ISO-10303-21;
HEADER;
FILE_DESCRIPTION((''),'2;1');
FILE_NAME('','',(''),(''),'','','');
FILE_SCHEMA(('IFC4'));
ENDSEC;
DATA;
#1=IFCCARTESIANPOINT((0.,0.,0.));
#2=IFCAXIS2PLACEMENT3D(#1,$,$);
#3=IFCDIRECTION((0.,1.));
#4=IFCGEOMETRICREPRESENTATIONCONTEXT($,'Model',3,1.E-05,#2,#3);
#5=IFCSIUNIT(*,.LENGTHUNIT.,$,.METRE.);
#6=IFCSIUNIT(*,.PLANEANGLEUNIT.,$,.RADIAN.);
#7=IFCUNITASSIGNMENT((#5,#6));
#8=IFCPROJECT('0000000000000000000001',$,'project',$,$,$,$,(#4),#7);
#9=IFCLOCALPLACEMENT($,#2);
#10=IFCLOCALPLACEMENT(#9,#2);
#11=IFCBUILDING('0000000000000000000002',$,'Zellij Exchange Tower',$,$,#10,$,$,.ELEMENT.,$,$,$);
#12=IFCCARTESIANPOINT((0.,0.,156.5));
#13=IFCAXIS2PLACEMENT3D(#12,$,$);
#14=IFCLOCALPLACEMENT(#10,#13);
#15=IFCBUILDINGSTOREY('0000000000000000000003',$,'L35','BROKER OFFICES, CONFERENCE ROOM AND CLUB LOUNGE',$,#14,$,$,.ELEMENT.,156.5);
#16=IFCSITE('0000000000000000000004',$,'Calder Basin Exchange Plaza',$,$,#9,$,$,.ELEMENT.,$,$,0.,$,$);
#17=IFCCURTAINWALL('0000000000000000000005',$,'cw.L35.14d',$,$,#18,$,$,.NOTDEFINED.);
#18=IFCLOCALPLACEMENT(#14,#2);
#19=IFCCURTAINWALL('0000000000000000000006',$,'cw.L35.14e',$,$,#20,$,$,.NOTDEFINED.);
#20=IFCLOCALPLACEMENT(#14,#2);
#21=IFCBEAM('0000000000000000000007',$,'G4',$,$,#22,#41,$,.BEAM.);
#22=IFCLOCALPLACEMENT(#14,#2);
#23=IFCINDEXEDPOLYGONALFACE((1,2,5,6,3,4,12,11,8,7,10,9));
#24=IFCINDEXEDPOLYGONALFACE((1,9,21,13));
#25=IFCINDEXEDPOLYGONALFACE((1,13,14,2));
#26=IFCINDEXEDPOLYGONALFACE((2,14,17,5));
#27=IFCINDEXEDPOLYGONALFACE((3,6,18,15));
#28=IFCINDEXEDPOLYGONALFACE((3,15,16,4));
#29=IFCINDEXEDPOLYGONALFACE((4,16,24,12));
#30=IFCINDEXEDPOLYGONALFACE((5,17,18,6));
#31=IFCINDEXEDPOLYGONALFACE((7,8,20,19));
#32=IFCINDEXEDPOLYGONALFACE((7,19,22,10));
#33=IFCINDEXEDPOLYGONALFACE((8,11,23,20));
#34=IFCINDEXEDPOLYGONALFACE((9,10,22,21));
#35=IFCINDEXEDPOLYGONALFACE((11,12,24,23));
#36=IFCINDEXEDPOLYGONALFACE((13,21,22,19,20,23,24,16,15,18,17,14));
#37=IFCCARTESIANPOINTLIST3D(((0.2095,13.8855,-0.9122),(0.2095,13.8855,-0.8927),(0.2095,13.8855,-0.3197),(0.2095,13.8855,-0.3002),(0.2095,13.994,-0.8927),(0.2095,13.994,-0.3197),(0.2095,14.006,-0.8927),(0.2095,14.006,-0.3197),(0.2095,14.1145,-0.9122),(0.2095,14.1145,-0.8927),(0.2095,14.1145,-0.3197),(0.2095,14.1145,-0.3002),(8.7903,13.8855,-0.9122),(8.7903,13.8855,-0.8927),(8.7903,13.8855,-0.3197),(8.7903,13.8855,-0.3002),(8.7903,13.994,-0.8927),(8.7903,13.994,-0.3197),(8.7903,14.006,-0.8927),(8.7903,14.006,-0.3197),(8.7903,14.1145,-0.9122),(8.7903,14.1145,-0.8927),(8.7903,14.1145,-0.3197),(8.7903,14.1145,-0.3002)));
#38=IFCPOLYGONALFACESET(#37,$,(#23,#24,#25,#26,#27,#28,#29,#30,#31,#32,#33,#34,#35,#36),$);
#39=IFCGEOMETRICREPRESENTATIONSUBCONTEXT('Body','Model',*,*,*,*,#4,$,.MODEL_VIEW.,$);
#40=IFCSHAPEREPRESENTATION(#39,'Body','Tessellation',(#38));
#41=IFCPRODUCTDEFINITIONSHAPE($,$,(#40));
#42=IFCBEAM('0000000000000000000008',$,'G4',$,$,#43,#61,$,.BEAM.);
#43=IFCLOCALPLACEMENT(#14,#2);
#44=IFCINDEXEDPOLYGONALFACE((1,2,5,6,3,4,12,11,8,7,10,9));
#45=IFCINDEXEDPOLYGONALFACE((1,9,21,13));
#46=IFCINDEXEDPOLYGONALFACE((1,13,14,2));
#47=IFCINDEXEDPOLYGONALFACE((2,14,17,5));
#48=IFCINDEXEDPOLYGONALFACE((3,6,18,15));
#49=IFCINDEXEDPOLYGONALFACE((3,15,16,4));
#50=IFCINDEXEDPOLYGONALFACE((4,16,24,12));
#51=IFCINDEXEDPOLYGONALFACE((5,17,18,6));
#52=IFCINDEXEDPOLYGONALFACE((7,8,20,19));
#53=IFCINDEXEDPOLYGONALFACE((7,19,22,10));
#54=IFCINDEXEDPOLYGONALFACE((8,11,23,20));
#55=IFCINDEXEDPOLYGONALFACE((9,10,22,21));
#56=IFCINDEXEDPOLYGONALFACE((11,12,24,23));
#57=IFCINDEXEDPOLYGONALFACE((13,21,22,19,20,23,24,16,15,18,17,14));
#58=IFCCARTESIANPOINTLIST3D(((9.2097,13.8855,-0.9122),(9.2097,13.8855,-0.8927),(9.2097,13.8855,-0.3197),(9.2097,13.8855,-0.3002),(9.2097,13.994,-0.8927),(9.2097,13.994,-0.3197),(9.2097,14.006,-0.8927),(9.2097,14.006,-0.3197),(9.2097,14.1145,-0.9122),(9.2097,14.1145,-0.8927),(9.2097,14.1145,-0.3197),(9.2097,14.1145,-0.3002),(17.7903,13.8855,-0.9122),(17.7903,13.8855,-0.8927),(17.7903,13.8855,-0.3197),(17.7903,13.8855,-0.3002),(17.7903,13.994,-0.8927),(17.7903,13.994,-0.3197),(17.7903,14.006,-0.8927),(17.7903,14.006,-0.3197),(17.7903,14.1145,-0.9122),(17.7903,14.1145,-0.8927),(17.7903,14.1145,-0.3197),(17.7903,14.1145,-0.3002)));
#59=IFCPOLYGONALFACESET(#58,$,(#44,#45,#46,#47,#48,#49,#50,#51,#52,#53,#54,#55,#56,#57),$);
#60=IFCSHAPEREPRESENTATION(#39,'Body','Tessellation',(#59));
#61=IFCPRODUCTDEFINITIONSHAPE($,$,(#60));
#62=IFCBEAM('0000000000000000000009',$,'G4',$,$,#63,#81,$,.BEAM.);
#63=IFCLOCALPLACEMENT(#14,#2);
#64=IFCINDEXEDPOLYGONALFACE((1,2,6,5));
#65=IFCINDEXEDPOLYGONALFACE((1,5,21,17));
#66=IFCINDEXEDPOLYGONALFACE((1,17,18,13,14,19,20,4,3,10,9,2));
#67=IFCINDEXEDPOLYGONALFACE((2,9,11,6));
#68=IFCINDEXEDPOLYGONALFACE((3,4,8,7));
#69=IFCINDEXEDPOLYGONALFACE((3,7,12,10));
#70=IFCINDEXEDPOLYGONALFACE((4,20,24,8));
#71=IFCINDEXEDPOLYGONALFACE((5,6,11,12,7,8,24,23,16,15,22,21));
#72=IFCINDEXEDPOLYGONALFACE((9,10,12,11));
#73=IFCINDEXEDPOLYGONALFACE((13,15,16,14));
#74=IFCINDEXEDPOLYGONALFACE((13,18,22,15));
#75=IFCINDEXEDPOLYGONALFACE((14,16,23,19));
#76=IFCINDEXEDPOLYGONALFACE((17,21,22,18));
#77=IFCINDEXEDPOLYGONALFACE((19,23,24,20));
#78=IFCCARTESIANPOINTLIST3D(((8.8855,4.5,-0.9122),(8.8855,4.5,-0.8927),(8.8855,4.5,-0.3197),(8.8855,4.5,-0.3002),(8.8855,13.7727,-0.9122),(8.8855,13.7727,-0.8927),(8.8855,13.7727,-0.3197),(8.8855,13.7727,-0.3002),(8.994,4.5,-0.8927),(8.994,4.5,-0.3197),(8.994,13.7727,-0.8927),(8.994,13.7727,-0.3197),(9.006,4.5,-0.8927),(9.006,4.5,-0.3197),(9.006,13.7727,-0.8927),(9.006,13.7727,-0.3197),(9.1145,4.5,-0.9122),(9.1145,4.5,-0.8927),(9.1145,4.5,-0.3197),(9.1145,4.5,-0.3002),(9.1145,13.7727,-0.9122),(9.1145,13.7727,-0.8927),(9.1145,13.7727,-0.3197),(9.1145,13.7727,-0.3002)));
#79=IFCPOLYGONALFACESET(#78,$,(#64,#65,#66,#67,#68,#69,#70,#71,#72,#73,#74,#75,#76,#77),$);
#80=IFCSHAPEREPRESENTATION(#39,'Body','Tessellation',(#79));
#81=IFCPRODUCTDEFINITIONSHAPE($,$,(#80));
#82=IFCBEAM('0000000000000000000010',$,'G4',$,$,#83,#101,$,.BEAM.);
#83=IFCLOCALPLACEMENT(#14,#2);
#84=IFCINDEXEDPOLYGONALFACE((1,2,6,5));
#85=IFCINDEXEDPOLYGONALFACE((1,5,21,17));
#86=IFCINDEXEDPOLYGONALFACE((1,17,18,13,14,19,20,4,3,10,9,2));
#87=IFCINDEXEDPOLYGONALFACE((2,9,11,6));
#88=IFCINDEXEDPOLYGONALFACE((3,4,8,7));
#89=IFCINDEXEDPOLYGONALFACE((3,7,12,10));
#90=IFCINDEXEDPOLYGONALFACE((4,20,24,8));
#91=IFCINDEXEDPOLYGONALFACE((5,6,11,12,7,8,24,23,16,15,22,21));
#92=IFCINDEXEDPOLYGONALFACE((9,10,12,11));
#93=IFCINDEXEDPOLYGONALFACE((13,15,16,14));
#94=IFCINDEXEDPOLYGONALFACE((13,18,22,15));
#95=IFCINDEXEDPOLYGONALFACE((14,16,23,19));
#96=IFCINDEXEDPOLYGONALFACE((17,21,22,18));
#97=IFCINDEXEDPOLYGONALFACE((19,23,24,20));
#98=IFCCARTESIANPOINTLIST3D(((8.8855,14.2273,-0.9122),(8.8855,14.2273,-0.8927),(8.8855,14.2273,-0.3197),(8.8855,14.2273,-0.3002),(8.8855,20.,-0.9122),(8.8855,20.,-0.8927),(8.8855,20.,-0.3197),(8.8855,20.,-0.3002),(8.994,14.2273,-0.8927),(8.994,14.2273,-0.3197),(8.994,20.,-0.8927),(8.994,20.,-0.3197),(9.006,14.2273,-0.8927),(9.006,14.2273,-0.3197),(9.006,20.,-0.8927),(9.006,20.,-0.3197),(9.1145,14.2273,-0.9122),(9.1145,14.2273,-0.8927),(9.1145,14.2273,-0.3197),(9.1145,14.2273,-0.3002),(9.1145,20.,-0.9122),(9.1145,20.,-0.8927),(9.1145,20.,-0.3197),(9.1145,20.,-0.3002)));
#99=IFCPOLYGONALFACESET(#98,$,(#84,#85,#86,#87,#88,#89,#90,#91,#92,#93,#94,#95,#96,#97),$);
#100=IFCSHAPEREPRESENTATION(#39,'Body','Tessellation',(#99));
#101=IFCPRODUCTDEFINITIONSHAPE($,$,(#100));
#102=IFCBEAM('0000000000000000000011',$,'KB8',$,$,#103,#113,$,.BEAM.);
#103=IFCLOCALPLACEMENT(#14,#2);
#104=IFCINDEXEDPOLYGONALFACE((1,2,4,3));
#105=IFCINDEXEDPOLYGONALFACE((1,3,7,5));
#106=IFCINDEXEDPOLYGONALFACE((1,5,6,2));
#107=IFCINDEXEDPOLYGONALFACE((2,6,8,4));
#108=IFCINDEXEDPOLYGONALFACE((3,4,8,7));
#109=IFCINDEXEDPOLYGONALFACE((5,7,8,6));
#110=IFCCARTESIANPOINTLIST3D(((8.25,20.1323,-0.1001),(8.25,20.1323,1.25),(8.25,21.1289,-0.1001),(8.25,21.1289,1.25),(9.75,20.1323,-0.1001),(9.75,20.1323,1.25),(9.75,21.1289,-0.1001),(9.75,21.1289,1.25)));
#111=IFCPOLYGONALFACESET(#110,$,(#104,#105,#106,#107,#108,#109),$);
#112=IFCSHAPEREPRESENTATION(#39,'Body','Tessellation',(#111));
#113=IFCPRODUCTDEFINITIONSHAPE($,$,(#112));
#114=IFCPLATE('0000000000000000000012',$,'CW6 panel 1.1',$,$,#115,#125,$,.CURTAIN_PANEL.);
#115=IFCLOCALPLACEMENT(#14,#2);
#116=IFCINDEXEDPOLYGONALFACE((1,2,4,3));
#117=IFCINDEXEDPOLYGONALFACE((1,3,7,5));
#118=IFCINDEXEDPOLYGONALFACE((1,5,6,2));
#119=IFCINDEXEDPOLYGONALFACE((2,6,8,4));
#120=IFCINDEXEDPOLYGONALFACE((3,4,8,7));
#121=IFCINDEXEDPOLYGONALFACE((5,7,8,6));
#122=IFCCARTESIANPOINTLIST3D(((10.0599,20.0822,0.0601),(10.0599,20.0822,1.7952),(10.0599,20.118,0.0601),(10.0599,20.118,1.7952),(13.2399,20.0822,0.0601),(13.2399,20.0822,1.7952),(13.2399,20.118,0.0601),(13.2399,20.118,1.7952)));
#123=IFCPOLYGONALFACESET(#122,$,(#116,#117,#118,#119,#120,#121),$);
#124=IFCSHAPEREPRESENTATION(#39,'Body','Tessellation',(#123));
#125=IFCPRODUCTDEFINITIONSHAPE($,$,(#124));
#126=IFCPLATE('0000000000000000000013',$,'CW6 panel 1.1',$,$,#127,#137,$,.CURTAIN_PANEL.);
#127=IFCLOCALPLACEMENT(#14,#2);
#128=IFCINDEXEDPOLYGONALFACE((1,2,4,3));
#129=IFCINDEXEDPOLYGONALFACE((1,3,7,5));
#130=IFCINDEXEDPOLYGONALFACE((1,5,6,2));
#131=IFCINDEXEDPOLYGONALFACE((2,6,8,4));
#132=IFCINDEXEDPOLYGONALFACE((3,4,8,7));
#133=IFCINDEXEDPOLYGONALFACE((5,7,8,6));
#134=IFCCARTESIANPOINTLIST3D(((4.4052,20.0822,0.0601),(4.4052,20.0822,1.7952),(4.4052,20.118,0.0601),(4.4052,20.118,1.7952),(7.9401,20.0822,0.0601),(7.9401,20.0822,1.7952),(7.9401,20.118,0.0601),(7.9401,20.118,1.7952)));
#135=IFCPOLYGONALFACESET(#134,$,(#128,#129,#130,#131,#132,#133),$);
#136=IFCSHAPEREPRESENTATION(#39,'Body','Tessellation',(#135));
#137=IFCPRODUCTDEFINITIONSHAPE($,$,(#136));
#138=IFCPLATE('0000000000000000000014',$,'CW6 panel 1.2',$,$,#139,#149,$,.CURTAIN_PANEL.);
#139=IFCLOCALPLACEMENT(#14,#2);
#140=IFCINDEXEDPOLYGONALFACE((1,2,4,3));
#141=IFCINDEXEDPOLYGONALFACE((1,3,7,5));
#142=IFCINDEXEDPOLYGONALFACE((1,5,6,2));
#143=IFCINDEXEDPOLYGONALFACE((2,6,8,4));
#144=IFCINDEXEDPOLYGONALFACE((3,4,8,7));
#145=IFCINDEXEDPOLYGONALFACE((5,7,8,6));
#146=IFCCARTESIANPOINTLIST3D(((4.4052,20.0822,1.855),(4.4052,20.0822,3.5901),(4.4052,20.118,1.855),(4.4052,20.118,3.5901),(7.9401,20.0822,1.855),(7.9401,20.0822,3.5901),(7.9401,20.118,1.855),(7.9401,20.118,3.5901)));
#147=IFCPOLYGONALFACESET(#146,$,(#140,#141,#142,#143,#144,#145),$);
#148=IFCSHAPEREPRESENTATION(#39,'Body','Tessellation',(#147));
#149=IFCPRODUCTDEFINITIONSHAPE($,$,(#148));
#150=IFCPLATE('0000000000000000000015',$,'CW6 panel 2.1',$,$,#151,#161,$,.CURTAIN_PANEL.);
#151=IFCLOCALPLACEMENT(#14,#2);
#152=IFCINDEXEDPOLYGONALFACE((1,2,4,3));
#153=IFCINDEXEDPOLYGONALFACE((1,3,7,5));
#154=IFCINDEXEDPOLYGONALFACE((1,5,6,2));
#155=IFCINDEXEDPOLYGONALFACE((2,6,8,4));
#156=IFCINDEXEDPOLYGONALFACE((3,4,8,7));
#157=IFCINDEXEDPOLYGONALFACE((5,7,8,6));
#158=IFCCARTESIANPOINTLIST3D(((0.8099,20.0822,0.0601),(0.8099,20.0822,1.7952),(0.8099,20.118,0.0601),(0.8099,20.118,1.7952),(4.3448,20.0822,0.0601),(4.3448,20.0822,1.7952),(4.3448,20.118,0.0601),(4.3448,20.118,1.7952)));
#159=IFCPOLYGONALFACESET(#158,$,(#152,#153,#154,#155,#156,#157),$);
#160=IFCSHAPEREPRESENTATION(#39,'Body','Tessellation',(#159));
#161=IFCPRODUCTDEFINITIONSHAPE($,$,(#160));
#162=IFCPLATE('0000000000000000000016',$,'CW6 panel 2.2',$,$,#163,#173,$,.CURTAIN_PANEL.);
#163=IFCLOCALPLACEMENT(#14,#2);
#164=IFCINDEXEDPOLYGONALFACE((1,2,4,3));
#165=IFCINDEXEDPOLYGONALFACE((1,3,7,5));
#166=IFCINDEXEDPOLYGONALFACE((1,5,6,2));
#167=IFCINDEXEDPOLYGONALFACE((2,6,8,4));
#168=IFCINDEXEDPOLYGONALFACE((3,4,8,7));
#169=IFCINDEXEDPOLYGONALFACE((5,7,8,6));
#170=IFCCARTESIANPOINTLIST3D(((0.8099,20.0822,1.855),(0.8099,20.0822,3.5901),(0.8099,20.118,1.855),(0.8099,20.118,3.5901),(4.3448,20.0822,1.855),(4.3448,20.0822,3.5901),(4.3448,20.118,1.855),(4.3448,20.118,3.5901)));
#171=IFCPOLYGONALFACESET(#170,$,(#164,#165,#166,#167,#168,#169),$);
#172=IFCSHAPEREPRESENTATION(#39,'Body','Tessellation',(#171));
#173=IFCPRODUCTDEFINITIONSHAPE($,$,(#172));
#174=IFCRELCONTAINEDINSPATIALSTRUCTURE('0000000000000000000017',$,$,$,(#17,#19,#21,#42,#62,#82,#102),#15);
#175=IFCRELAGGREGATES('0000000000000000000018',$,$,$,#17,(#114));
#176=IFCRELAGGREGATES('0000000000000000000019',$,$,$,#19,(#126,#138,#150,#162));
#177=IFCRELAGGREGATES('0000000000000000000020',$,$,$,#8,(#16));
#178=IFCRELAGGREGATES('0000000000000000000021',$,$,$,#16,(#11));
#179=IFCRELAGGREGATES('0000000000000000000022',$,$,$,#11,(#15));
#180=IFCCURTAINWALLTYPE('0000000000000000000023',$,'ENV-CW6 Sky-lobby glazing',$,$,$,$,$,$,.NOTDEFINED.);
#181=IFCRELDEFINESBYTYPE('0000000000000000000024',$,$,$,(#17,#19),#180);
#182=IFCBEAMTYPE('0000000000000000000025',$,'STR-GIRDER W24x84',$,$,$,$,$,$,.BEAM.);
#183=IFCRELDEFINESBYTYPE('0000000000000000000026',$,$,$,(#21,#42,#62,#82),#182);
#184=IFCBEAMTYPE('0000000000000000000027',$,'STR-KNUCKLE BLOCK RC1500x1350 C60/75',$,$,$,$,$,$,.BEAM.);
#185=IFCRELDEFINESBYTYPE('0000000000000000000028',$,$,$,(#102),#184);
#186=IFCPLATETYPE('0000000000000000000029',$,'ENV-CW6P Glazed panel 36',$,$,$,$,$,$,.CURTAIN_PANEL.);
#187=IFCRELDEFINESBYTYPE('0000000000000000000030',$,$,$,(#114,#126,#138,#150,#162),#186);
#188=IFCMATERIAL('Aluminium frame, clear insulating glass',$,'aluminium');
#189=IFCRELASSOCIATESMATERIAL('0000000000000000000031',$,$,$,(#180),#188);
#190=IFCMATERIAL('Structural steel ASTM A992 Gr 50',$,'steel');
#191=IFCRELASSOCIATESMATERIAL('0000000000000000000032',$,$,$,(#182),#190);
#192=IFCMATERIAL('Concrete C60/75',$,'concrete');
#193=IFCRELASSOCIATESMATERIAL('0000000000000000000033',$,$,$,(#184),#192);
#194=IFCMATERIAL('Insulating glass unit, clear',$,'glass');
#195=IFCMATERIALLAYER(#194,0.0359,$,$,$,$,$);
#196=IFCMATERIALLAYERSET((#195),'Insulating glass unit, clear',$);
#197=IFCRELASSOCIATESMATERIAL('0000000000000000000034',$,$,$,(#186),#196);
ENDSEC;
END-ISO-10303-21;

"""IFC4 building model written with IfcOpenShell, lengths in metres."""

from ifc_helpers import new_model, si_unit, direction, frame, origin, origin_2d, place, context, subcontext, project, spatial, rectangle, i_section, extrude, material, layer, layer_set, material_profile, profile_set, type_object, element, aggregate, save


model = new_model("IFC4")

# Units and contexts
model_context = context("Model", 3, precision=1e-05, world=origin(), true_north=direction((0.0, 1.0)))
body_context = subcontext(model_context, "Body", "Model", "MODEL_VIEW")
ifc_project = project(units=[si_unit("LENGTHUNIT", "METRE"), si_unit("PLANEANGLEUNIT", "RADIAN")], contexts=[model_context])

# Site, building, storey
site_placement = place(None, origin())
site = spatial("IfcSite", under=ifc_project, at=site_placement, Name="Calder Basin Exchange Plaza", CompositionType="ELEMENT", RefElevation=0.0)
building_placement = place(site_placement, origin())
building = spatial("IfcBuilding", under=site, at=building_placement, Name="Zellij Exchange Tower", CompositionType="ELEMENT")
storey_placement = place(building_placement, frame((0.0, 0.0, 156.5)))
storey = spatial("IfcBuildingStorey", under=building, at=storey_placement, Name="L35", Description="BROKER OFFICES, CONFERENCE ROOM AND CLUB LOUNGE", CompositionType="ELEMENT", Elevation=156.5)

# Shared definitions
ifc_material_1 = material(Name="Concrete C60/75", Category="concrete")

# Curtain wall
ifc_material_2 = material(Name="Aluminium frame, clear insulating glass", Category="aluminium")
curtain_wall_type = type_object("IfcCurtainWallType", Name="ENV-CW6 Sky-lobby glazing", PredefinedType="NOTDEFINED", material=ifc_material_2)
curtain_wall_1_placement = place(storey_placement, origin())
curtain_wall_1 = element("IfcCurtainWall", 1, at=curtain_wall_1_placement, inside=storey, type_object=curtain_wall_type, Name="cw.L35.14d", PredefinedType="NOTDEFINED")

# Curtain wall
curtain_wall_2_placement = place(storey_placement, origin())
curtain_wall_2 = element("IfcCurtainWall", 2, at=curtain_wall_2_placement, inside=storey, type_object=curtain_wall_type, Name="cw.L35.14e", PredefinedType="NOTDEFINED")

# Beams
ifc_material_3 = material(Name="Structural steel ASTM A992 Gr 50", Category="steel")
ifc_material_profile_1 = material_profile(ifc_material_3, i_section(OverallWidth=0.229, OverallDepth=0.6121, WebThickness=0.012, FlangeThickness=0.0195, at=origin_2d()), Name="W24x84")
ifc_profile_set_1 = profile_set([ifc_material_profile_1], Name="Structural steel ASTM A992 Gr 50")
beam_type_1 = type_object("IfcBeamType", Name="STR-GIRDER W24x84", PredefinedType="BEAM", material=ifc_profile_set_1)
beam_1_placement = place(storey_placement, frame((0.2095, 14.0, -0.6062), z_axis=(1.0, 0.0, 0.0), x_axis=(0.0, 1.0, 0.0)))
element("IfcBeam", 3, at=beam_1_placement, inside=storey, type_object=beam_type_1, Name="G4", PredefinedType="BEAM", context=body_context, shape_type="SweptSolid", body=[
    extrude(i_section(OverallWidth=0.229, OverallDepth=0.6121, WebThickness=0.012, FlangeThickness=0.0195, at=origin_2d()), origin(), (0.0, 0.0, 1.0), 8.5808),
])
beam_2_placement = place(storey_placement, frame((9.2097, 14.0, -0.6062), z_axis=(1.0, 0.0, 0.0), x_axis=(0.0, 1.0, 0.0)))
element("IfcBeam", 4, at=beam_2_placement, inside=storey, type_object=beam_type_1, Name="G4", PredefinedType="BEAM", context=body_context, shape_type="SweptSolid", body=[
    extrude(i_section(OverallWidth=0.229, OverallDepth=0.6121, WebThickness=0.012, FlangeThickness=0.0195, at=origin_2d()), origin(), (0.0, 0.0, 1.0), 8.5806),
])
beam_3_placement = place(storey_placement, frame((9.0, 4.5, -0.6062), z_axis=(0.0, 1.0, 0.0), x_axis=(-1.0, 0.0, 0.0)))
element("IfcBeam", 5, at=beam_3_placement, inside=storey, type_object=beam_type_1, Name="G4", PredefinedType="BEAM", context=body_context, shape_type="SweptSolid", body=[
    extrude(i_section(OverallWidth=0.229, OverallDepth=0.6121, WebThickness=0.012, FlangeThickness=0.0195, at=origin_2d()), origin(), (0.0, 0.0, 1.0), 9.2727),
])
beam_4_placement = place(storey_placement, frame((9.0, 14.2273, -0.6062), z_axis=(0.0, 1.0, 0.0), x_axis=(-1.0, 0.0, 0.0)))
element("IfcBeam", 6, at=beam_4_placement, inside=storey, type_object=beam_type_1, Name="G4", PredefinedType="BEAM", context=body_context, shape_type="SweptSolid", body=[
    extrude(i_section(OverallWidth=0.229, OverallDepth=0.6121, WebThickness=0.012, FlangeThickness=0.0195, at=origin_2d()), origin(), (0.0, 0.0, 1.0), 5.7727),
])
ifc_material_profile_2 = material_profile(ifc_material_1, rectangle(XDim=1.5, YDim=1.3501, at=origin_2d()), Name="STR-KNUCKLE BLOCK RC1500x1350 C60/75")
ifc_profile_set_2 = profile_set([ifc_material_profile_2], Name="Concrete C60/75")
beam_type_2 = type_object("IfcBeamType", Name="STR-KNUCKLE BLOCK RC1500x1350 C60/75", PredefinedType="BEAM", material=ifc_profile_set_2)
beam_5_placement = place(storey_placement, frame((9.0, 20.1323, 0.575), z_axis=(0.0, 1.0, 0.0), x_axis=(-1.0, 0.0, 0.0)))
element("IfcBeam", 7, at=beam_5_placement, inside=storey, type_object=beam_type_2, Name="KB8", PredefinedType="BEAM", context=body_context, shape_type="SweptSolid", body=[
    extrude(rectangle(XDim=1.5, YDim=1.3501, at=origin_2d()), origin(), (0.0, 0.0, 1.0), 0.9966),
])

# Plates
ifc_material_4 = material(Name="Insulating glass unit, clear", Category="glass")
ifc_layer_1 = layer(ifc_material_4, 0.0359)
ifc_layer_set_1 = layer_set([ifc_layer_1], Name="Insulating glass unit, clear")
plate_type = type_object("IfcPlateType", Name="ENV-CW6P Glazed panel 36", PredefinedType="CURTAIN_PANEL", material=ifc_layer_set_1)
plate_1_placement = place(storey_placement, frame((11.6499, 20.1001, 0.0601), z_axis=(0.0, 0.0, 1.0), x_axis=(-1.0, 0.0, 0.0)))
plate_1 = element("IfcPlate", 8, at=plate_1_placement, type_object=plate_type, Name="CW6 panel 1.1", PredefinedType="CURTAIN_PANEL", context=body_context, shape_type="SweptSolid", body=[
    extrude(rectangle(XDim=3.1799, YDim=0.0359, at=origin_2d()), origin(), (0.0, 0.0, 1.0), 1.7351),
])
aggregate(curtain_wall_1, [plate_1])
plate_2_placement = place(storey_placement, frame((6.1726, 20.1001, 0.0601), z_axis=(0.0, 0.0, 1.0), x_axis=(-1.0, 0.0, 0.0)))
plate_2 = element("IfcPlate", 9, at=plate_2_placement, type_object=plate_type, Name="CW6 panel 1.1", PredefinedType="CURTAIN_PANEL", context=body_context, shape_type="SweptSolid", body=[
    extrude(rectangle(XDim=3.5349, YDim=0.0359, at=origin_2d()), origin(), (0.0, 0.0, 1.0), 1.7351),
])
plate_3_placement = place(storey_placement, frame((6.1726, 20.1001, 1.855), z_axis=(0.0, 0.0, 1.0), x_axis=(-1.0, 0.0, 0.0)))
plate_3 = element("IfcPlate", 10, at=plate_3_placement, type_object=plate_type, Name="CW6 panel 1.2", PredefinedType="CURTAIN_PANEL", context=body_context, shape_type="SweptSolid", body=[
    extrude(rectangle(XDim=3.5349, YDim=0.0359, at=origin_2d()), origin(), (0.0, 0.0, 1.0), 1.7351),
])
plate_4_placement = place(storey_placement, frame((2.5774, 20.1001, 0.0601), z_axis=(0.0, 0.0, 1.0), x_axis=(-1.0, 0.0, 0.0)))
plate_4 = element("IfcPlate", 11, at=plate_4_placement, type_object=plate_type, Name="CW6 panel 2.1", PredefinedType="CURTAIN_PANEL", context=body_context, shape_type="SweptSolid", body=[
    extrude(rectangle(XDim=3.5349, YDim=0.0359, at=origin_2d()), origin(), (0.0, 0.0, 1.0), 1.7351),
])
plate_5_placement = place(storey_placement, frame((2.5774, 20.1001, 1.855), z_axis=(0.0, 0.0, 1.0), x_axis=(-1.0, 0.0, 0.0)))
plate_5 = element("IfcPlate", 12, at=plate_5_placement, type_object=plate_type, Name="CW6 panel 2.2", PredefinedType="CURTAIN_PANEL", context=body_context, shape_type="SweptSolid", body=[
    extrude(rectangle(XDim=3.5349, YDim=0.0359, at=origin_2d()), origin(), (0.0, 0.0, 1.0), 1.7351),
])
aggregate(curtain_wall_2, [plate_2, plate_3, plate_4, plate_5])

save(model, "model.ifc")
